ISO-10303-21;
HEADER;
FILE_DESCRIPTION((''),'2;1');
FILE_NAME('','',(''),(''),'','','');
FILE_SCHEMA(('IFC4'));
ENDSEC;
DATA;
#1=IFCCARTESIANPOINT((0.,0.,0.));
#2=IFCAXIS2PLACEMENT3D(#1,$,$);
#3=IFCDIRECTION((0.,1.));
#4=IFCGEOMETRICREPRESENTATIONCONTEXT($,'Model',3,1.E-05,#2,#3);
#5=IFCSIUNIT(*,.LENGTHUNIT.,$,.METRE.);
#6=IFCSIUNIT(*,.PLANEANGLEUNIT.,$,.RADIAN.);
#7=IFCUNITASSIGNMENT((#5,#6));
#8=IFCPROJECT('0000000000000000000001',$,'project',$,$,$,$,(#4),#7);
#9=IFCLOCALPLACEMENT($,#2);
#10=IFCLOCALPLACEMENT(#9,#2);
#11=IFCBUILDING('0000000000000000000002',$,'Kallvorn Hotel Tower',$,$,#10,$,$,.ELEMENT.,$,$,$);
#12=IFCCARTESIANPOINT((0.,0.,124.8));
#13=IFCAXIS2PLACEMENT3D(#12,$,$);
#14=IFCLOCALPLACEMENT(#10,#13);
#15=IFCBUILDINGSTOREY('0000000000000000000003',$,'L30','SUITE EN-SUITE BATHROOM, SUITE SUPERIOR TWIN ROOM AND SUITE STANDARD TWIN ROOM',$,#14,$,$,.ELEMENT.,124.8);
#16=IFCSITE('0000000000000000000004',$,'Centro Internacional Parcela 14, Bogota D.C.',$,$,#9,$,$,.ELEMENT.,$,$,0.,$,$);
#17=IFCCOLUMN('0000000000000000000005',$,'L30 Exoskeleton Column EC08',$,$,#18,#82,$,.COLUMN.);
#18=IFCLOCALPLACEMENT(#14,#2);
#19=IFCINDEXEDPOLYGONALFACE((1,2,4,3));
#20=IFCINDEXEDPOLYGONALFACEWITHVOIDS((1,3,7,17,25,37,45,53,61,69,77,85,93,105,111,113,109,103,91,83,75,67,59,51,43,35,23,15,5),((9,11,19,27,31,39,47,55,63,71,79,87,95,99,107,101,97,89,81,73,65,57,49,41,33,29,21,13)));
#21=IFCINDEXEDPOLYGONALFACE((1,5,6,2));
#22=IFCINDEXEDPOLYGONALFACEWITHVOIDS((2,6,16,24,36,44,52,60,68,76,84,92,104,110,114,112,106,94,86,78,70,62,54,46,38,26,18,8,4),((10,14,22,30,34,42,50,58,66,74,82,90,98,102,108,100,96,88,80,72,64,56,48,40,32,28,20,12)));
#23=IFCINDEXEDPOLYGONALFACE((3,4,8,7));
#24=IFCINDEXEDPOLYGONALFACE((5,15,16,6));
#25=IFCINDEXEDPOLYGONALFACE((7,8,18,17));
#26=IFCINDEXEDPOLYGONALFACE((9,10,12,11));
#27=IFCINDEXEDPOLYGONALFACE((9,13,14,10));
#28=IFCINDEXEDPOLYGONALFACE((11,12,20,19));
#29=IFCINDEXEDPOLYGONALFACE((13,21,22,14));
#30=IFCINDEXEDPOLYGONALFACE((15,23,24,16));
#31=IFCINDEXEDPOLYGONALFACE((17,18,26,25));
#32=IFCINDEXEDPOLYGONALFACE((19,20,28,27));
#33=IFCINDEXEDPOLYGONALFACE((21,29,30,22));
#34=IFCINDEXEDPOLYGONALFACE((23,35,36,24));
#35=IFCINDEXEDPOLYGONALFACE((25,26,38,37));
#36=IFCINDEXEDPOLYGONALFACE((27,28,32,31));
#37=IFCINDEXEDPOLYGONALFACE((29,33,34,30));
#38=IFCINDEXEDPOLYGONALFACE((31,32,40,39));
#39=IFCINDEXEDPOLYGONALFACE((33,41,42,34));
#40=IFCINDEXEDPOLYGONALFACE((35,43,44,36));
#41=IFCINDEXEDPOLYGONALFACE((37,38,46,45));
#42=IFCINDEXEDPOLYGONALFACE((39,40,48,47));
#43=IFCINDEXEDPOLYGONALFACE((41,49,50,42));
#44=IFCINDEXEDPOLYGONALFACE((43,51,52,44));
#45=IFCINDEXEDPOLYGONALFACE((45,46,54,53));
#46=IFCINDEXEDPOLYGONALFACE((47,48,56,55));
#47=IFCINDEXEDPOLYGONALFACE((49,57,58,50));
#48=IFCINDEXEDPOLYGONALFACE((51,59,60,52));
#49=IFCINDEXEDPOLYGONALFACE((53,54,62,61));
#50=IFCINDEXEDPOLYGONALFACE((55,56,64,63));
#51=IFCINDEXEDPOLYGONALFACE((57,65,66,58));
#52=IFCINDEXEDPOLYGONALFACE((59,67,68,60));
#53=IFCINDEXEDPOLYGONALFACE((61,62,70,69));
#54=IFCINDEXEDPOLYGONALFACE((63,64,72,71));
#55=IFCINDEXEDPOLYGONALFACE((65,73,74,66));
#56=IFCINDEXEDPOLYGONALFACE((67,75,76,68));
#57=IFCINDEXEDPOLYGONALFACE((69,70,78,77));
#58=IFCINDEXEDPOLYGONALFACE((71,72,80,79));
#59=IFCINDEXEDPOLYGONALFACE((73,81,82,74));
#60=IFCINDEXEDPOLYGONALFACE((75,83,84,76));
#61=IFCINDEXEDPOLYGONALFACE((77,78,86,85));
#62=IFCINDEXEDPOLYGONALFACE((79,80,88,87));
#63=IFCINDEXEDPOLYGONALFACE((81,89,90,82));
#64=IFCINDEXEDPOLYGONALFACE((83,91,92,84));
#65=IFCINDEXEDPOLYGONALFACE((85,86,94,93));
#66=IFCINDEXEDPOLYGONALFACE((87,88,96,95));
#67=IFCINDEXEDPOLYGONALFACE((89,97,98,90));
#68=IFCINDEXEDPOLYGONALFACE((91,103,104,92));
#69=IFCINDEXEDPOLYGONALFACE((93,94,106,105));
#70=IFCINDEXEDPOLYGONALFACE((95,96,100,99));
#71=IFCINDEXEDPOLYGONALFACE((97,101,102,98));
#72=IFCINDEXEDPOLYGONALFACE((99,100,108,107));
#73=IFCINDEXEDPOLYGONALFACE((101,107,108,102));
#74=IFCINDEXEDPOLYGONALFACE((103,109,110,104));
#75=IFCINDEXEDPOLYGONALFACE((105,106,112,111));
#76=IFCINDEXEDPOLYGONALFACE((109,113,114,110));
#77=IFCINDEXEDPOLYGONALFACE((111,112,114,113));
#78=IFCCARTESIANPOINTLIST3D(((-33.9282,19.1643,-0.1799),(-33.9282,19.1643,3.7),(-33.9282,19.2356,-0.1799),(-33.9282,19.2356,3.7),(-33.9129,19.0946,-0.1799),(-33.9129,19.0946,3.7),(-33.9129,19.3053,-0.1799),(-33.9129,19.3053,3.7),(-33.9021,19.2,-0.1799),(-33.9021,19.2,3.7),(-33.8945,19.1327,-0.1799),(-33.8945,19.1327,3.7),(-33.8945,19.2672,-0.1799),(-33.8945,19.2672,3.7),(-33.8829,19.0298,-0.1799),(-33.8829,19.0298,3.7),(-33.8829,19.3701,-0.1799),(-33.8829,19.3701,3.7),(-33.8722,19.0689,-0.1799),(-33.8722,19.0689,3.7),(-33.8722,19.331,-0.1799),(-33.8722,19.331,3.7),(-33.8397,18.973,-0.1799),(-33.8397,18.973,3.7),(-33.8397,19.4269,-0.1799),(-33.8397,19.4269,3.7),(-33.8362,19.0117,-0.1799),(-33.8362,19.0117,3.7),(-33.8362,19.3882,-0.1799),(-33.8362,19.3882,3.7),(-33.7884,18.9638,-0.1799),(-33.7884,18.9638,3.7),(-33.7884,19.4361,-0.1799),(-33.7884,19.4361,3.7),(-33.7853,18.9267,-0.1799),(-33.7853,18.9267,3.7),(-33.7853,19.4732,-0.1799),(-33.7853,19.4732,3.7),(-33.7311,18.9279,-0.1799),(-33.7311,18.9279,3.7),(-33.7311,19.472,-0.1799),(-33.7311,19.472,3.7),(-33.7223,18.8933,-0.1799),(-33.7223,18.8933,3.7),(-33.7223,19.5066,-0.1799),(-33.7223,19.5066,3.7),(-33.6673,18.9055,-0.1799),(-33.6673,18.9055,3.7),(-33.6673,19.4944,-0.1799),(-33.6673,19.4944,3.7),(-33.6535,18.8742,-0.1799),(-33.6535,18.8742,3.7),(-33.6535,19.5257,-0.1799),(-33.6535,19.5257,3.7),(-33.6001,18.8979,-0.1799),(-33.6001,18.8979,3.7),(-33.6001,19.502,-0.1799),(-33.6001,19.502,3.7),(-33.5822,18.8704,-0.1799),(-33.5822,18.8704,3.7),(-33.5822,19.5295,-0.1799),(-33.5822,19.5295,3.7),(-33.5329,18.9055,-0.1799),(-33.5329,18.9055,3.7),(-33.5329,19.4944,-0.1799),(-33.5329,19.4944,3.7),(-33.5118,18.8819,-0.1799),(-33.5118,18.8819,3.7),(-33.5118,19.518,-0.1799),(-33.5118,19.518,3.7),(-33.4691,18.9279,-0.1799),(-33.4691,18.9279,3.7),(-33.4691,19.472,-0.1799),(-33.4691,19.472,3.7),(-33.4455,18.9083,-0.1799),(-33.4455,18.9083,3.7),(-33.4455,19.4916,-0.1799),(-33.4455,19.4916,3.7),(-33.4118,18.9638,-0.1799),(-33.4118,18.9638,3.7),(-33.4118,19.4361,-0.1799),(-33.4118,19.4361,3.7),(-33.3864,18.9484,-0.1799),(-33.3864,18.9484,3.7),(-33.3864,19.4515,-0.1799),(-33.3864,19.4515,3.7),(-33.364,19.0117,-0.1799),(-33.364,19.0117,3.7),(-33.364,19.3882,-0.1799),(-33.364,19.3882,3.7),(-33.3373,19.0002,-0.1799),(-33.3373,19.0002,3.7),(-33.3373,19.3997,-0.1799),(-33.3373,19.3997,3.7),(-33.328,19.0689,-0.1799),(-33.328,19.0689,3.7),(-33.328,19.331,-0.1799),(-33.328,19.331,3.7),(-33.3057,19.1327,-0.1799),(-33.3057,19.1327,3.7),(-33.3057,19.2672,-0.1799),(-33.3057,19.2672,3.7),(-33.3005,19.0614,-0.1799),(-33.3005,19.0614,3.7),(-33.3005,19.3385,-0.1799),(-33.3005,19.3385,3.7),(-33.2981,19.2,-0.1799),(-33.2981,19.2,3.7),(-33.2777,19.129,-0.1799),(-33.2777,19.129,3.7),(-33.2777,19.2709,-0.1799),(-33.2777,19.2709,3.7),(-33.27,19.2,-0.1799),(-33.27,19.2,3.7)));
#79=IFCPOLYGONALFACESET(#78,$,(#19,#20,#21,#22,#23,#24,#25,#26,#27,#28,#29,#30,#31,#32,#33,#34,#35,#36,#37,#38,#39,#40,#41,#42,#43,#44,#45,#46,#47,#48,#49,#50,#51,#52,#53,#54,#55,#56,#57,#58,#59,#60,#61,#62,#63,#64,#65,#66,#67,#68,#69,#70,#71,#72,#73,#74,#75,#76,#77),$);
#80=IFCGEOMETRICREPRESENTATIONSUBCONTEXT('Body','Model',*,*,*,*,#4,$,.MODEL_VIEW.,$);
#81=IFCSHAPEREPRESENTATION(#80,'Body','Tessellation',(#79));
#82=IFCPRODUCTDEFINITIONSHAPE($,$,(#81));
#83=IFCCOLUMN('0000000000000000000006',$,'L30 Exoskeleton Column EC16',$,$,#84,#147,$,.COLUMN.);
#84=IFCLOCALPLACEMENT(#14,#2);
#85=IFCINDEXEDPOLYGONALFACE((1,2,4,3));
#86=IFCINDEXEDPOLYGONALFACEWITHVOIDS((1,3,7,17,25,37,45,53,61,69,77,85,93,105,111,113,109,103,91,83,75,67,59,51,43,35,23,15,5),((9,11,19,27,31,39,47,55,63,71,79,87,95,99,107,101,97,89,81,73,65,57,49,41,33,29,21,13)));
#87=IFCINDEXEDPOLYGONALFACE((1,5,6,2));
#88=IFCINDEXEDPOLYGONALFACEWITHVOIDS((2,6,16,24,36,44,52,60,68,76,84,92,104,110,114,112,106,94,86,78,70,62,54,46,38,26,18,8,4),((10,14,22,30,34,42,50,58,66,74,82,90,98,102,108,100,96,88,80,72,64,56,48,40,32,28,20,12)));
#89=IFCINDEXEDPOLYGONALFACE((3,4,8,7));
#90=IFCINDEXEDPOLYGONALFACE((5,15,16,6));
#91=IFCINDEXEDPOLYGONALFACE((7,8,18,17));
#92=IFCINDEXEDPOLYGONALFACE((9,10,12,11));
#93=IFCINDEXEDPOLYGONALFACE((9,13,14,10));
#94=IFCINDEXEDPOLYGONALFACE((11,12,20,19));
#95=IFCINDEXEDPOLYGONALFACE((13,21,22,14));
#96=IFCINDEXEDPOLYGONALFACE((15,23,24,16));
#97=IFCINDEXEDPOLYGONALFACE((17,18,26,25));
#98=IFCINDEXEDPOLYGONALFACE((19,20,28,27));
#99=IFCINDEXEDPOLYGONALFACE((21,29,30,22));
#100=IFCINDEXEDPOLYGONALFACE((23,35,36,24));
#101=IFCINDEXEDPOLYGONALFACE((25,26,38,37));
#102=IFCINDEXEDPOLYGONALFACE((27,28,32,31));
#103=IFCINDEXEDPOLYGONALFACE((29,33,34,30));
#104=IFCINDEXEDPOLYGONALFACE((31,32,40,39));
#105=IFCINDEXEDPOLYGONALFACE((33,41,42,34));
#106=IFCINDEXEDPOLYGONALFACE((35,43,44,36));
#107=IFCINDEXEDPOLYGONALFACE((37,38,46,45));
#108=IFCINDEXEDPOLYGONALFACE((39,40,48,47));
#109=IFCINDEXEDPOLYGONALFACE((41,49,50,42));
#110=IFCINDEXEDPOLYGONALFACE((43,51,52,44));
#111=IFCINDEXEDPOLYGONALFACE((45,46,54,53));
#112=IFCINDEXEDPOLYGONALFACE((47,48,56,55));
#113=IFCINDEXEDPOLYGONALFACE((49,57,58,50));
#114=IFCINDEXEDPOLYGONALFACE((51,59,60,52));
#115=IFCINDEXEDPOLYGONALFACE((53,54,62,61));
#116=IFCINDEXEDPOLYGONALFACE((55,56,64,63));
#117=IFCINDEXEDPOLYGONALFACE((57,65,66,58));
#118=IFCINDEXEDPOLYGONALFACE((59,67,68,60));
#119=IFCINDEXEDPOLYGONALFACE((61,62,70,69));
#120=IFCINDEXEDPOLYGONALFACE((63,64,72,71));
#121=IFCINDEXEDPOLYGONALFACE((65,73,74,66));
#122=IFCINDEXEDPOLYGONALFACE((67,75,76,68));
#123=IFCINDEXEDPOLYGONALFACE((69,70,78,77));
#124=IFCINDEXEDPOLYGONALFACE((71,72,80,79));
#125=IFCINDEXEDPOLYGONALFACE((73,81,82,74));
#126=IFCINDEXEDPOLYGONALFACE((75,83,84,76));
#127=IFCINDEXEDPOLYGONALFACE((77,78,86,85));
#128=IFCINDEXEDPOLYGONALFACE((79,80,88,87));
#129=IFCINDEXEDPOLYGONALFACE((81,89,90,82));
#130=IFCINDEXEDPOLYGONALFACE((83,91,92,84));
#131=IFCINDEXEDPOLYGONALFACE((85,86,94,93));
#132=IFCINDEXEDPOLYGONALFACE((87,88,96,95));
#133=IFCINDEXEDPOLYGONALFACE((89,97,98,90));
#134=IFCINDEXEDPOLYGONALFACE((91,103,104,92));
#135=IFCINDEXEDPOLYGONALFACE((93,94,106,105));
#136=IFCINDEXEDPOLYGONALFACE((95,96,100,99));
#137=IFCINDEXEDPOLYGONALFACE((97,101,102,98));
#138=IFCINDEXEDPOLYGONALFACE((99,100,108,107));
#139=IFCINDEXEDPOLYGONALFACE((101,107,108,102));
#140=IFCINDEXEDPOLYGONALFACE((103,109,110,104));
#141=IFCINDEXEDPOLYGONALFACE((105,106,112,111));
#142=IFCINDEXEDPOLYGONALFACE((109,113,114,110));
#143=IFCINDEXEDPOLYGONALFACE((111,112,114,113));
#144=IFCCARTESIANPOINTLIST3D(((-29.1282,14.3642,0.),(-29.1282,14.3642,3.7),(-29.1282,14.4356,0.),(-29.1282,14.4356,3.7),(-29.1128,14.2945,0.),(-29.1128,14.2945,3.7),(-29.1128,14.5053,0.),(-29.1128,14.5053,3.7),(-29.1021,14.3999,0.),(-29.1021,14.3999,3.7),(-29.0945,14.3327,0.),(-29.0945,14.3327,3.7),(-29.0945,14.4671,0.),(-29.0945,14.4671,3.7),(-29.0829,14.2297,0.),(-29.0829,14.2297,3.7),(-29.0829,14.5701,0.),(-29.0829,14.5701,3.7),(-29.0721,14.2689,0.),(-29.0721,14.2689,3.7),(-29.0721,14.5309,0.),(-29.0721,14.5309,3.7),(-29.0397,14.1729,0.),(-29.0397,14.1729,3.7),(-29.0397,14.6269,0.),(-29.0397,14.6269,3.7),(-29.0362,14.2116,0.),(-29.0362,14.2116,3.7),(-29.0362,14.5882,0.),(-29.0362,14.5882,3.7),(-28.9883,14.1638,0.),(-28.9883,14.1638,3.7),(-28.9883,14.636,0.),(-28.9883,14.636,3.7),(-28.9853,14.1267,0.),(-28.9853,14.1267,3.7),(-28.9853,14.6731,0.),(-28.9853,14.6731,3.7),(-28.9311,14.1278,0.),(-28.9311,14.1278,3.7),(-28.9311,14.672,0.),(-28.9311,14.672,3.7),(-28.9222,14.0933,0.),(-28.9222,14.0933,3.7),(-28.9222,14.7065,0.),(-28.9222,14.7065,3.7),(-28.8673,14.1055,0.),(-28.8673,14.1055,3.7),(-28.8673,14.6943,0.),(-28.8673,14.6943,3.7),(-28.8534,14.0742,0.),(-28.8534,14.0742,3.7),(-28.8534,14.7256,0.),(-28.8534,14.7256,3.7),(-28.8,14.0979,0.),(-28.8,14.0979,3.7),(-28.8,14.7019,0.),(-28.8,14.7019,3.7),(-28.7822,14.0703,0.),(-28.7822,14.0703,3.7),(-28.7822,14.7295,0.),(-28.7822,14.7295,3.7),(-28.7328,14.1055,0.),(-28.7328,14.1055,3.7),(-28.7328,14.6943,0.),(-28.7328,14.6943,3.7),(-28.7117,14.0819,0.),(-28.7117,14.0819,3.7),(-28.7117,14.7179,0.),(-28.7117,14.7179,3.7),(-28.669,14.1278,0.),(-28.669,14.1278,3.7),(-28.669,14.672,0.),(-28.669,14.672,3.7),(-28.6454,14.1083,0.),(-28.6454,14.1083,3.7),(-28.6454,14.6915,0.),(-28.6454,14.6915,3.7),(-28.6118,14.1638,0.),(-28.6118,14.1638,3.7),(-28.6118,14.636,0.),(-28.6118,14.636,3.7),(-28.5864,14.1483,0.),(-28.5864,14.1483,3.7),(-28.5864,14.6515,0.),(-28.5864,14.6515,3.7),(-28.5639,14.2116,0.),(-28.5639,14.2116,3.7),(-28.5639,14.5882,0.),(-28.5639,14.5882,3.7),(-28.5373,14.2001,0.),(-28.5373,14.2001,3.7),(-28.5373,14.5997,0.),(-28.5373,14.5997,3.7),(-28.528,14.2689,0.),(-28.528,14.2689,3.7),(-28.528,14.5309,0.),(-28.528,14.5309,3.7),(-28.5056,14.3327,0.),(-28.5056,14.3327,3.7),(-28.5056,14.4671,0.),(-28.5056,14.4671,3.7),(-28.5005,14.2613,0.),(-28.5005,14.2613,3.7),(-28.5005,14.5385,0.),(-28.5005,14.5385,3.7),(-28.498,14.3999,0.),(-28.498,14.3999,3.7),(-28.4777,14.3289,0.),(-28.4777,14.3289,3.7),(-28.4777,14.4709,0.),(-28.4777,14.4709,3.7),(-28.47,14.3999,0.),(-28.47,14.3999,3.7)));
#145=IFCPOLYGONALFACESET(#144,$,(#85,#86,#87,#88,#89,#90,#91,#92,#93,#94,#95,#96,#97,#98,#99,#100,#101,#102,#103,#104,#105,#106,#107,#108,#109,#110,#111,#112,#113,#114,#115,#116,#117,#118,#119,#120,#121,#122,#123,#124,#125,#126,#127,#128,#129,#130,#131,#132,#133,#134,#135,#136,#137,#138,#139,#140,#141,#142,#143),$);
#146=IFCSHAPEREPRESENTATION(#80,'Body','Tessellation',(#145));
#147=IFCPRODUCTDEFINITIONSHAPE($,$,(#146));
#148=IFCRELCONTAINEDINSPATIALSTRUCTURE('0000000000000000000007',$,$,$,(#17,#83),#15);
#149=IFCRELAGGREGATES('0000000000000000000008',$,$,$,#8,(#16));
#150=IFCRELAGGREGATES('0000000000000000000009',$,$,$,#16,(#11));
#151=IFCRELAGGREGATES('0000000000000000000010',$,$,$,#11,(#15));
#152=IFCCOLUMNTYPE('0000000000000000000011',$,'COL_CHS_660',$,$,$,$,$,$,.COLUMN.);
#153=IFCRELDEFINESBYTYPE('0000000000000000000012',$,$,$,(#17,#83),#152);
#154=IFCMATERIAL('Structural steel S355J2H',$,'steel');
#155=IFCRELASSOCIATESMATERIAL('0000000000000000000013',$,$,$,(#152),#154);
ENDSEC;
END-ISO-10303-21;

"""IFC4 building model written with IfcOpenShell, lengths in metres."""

from ifc_helpers import new_model, si_unit, direction, frame, origin, origin_2d, place, context, subcontext, project, spatial, hollow_circle, extrude, material, material_profile, profile_set, type_object, element, save


model = new_model("IFC4")

# Units and contexts
model_context = context("Model", 3, precision=1e-05, world=origin(), true_north=direction((0.0, 1.0)))
body_context = subcontext(model_context, "Body", "Model", "MODEL_VIEW")
ifc_project = project(units=[si_unit("LENGTHUNIT", "METRE"), si_unit("PLANEANGLEUNIT", "RADIAN")], contexts=[model_context])

# Site, building, storey
site_placement = place(None, origin())
site = spatial("IfcSite", under=ifc_project, at=site_placement, Name="Centro Internacional Parcela 14, Bogota D.C.", CompositionType="ELEMENT", RefElevation=0.0)
building_placement = place(site_placement, origin())
building = spatial("IfcBuilding", under=site, at=building_placement, Name="Kallvorn Hotel Tower", CompositionType="ELEMENT")
storey_placement = place(building_placement, frame((0.0, 0.0, 124.8)))
storey = spatial("IfcBuildingStorey", under=building, at=storey_placement, Name="L30", Description="SUITE EN-SUITE BATHROOM, SUITE SUPERIOR TWIN ROOM AND SUITE STANDARD TWIN ROOM", CompositionType="ELEMENT", Elevation=124.8)

# Columns
ifc_material_1 = material(Name="Structural steel S355J2H", Category="steel")
ifc_material_profile_1 = material_profile(ifc_material_1, hollow_circle(Radius=0.3301, WallThickness=0.0281, at=origin_2d()), Name="CHS 660x28")
ifc_profile_set_1 = profile_set([ifc_material_profile_1], Name="Structural steel S355J2H")
column_type_1 = type_object("IfcColumnType", Name="COL_CHS_660", PredefinedType="COLUMN", material=ifc_profile_set_1)
column_1_placement = place(storey_placement, frame((-33.6001, 19.2, -0.1799), z_axis=(0.0, 0.0, 1.0), x_axis=(1.0, 0.0, 0.0)))
element("IfcColumn", 1, at=column_1_placement, inside=storey, type_object=column_type_1, Name="L30 Exoskeleton Column EC08", PredefinedType="COLUMN", context=body_context, shape_type="SweptSolid", body=[
    extrude(hollow_circle(Radius=0.3301, WallThickness=0.0281, at=origin_2d()), origin(), (0.0, 0.0, 1.0), 3.8799),
])
for number, where, z_axis, x_axis, name in (
    (2, (-28.8, 14.3999, 0.0), (0.0, 0.0, 1.0), (1.0, 0.0, 0.0), "L30 Exoskeleton Column EC16"),
):
    element("IfcColumn", number, at=place(storey_placement, frame(where, z_axis=z_axis, x_axis=x_axis)), inside=storey, type_object=column_type_1, Name=name, PredefinedType="COLUMN", context=body_context, shape_type="SweptSolid", body=[
        extrude(hollow_circle(Radius=0.3301, WallThickness=0.0281, at=origin_2d()), origin(), (0.0, 0.0, 1.0), 3.7),
    ])

save(model, "model.ifc")
